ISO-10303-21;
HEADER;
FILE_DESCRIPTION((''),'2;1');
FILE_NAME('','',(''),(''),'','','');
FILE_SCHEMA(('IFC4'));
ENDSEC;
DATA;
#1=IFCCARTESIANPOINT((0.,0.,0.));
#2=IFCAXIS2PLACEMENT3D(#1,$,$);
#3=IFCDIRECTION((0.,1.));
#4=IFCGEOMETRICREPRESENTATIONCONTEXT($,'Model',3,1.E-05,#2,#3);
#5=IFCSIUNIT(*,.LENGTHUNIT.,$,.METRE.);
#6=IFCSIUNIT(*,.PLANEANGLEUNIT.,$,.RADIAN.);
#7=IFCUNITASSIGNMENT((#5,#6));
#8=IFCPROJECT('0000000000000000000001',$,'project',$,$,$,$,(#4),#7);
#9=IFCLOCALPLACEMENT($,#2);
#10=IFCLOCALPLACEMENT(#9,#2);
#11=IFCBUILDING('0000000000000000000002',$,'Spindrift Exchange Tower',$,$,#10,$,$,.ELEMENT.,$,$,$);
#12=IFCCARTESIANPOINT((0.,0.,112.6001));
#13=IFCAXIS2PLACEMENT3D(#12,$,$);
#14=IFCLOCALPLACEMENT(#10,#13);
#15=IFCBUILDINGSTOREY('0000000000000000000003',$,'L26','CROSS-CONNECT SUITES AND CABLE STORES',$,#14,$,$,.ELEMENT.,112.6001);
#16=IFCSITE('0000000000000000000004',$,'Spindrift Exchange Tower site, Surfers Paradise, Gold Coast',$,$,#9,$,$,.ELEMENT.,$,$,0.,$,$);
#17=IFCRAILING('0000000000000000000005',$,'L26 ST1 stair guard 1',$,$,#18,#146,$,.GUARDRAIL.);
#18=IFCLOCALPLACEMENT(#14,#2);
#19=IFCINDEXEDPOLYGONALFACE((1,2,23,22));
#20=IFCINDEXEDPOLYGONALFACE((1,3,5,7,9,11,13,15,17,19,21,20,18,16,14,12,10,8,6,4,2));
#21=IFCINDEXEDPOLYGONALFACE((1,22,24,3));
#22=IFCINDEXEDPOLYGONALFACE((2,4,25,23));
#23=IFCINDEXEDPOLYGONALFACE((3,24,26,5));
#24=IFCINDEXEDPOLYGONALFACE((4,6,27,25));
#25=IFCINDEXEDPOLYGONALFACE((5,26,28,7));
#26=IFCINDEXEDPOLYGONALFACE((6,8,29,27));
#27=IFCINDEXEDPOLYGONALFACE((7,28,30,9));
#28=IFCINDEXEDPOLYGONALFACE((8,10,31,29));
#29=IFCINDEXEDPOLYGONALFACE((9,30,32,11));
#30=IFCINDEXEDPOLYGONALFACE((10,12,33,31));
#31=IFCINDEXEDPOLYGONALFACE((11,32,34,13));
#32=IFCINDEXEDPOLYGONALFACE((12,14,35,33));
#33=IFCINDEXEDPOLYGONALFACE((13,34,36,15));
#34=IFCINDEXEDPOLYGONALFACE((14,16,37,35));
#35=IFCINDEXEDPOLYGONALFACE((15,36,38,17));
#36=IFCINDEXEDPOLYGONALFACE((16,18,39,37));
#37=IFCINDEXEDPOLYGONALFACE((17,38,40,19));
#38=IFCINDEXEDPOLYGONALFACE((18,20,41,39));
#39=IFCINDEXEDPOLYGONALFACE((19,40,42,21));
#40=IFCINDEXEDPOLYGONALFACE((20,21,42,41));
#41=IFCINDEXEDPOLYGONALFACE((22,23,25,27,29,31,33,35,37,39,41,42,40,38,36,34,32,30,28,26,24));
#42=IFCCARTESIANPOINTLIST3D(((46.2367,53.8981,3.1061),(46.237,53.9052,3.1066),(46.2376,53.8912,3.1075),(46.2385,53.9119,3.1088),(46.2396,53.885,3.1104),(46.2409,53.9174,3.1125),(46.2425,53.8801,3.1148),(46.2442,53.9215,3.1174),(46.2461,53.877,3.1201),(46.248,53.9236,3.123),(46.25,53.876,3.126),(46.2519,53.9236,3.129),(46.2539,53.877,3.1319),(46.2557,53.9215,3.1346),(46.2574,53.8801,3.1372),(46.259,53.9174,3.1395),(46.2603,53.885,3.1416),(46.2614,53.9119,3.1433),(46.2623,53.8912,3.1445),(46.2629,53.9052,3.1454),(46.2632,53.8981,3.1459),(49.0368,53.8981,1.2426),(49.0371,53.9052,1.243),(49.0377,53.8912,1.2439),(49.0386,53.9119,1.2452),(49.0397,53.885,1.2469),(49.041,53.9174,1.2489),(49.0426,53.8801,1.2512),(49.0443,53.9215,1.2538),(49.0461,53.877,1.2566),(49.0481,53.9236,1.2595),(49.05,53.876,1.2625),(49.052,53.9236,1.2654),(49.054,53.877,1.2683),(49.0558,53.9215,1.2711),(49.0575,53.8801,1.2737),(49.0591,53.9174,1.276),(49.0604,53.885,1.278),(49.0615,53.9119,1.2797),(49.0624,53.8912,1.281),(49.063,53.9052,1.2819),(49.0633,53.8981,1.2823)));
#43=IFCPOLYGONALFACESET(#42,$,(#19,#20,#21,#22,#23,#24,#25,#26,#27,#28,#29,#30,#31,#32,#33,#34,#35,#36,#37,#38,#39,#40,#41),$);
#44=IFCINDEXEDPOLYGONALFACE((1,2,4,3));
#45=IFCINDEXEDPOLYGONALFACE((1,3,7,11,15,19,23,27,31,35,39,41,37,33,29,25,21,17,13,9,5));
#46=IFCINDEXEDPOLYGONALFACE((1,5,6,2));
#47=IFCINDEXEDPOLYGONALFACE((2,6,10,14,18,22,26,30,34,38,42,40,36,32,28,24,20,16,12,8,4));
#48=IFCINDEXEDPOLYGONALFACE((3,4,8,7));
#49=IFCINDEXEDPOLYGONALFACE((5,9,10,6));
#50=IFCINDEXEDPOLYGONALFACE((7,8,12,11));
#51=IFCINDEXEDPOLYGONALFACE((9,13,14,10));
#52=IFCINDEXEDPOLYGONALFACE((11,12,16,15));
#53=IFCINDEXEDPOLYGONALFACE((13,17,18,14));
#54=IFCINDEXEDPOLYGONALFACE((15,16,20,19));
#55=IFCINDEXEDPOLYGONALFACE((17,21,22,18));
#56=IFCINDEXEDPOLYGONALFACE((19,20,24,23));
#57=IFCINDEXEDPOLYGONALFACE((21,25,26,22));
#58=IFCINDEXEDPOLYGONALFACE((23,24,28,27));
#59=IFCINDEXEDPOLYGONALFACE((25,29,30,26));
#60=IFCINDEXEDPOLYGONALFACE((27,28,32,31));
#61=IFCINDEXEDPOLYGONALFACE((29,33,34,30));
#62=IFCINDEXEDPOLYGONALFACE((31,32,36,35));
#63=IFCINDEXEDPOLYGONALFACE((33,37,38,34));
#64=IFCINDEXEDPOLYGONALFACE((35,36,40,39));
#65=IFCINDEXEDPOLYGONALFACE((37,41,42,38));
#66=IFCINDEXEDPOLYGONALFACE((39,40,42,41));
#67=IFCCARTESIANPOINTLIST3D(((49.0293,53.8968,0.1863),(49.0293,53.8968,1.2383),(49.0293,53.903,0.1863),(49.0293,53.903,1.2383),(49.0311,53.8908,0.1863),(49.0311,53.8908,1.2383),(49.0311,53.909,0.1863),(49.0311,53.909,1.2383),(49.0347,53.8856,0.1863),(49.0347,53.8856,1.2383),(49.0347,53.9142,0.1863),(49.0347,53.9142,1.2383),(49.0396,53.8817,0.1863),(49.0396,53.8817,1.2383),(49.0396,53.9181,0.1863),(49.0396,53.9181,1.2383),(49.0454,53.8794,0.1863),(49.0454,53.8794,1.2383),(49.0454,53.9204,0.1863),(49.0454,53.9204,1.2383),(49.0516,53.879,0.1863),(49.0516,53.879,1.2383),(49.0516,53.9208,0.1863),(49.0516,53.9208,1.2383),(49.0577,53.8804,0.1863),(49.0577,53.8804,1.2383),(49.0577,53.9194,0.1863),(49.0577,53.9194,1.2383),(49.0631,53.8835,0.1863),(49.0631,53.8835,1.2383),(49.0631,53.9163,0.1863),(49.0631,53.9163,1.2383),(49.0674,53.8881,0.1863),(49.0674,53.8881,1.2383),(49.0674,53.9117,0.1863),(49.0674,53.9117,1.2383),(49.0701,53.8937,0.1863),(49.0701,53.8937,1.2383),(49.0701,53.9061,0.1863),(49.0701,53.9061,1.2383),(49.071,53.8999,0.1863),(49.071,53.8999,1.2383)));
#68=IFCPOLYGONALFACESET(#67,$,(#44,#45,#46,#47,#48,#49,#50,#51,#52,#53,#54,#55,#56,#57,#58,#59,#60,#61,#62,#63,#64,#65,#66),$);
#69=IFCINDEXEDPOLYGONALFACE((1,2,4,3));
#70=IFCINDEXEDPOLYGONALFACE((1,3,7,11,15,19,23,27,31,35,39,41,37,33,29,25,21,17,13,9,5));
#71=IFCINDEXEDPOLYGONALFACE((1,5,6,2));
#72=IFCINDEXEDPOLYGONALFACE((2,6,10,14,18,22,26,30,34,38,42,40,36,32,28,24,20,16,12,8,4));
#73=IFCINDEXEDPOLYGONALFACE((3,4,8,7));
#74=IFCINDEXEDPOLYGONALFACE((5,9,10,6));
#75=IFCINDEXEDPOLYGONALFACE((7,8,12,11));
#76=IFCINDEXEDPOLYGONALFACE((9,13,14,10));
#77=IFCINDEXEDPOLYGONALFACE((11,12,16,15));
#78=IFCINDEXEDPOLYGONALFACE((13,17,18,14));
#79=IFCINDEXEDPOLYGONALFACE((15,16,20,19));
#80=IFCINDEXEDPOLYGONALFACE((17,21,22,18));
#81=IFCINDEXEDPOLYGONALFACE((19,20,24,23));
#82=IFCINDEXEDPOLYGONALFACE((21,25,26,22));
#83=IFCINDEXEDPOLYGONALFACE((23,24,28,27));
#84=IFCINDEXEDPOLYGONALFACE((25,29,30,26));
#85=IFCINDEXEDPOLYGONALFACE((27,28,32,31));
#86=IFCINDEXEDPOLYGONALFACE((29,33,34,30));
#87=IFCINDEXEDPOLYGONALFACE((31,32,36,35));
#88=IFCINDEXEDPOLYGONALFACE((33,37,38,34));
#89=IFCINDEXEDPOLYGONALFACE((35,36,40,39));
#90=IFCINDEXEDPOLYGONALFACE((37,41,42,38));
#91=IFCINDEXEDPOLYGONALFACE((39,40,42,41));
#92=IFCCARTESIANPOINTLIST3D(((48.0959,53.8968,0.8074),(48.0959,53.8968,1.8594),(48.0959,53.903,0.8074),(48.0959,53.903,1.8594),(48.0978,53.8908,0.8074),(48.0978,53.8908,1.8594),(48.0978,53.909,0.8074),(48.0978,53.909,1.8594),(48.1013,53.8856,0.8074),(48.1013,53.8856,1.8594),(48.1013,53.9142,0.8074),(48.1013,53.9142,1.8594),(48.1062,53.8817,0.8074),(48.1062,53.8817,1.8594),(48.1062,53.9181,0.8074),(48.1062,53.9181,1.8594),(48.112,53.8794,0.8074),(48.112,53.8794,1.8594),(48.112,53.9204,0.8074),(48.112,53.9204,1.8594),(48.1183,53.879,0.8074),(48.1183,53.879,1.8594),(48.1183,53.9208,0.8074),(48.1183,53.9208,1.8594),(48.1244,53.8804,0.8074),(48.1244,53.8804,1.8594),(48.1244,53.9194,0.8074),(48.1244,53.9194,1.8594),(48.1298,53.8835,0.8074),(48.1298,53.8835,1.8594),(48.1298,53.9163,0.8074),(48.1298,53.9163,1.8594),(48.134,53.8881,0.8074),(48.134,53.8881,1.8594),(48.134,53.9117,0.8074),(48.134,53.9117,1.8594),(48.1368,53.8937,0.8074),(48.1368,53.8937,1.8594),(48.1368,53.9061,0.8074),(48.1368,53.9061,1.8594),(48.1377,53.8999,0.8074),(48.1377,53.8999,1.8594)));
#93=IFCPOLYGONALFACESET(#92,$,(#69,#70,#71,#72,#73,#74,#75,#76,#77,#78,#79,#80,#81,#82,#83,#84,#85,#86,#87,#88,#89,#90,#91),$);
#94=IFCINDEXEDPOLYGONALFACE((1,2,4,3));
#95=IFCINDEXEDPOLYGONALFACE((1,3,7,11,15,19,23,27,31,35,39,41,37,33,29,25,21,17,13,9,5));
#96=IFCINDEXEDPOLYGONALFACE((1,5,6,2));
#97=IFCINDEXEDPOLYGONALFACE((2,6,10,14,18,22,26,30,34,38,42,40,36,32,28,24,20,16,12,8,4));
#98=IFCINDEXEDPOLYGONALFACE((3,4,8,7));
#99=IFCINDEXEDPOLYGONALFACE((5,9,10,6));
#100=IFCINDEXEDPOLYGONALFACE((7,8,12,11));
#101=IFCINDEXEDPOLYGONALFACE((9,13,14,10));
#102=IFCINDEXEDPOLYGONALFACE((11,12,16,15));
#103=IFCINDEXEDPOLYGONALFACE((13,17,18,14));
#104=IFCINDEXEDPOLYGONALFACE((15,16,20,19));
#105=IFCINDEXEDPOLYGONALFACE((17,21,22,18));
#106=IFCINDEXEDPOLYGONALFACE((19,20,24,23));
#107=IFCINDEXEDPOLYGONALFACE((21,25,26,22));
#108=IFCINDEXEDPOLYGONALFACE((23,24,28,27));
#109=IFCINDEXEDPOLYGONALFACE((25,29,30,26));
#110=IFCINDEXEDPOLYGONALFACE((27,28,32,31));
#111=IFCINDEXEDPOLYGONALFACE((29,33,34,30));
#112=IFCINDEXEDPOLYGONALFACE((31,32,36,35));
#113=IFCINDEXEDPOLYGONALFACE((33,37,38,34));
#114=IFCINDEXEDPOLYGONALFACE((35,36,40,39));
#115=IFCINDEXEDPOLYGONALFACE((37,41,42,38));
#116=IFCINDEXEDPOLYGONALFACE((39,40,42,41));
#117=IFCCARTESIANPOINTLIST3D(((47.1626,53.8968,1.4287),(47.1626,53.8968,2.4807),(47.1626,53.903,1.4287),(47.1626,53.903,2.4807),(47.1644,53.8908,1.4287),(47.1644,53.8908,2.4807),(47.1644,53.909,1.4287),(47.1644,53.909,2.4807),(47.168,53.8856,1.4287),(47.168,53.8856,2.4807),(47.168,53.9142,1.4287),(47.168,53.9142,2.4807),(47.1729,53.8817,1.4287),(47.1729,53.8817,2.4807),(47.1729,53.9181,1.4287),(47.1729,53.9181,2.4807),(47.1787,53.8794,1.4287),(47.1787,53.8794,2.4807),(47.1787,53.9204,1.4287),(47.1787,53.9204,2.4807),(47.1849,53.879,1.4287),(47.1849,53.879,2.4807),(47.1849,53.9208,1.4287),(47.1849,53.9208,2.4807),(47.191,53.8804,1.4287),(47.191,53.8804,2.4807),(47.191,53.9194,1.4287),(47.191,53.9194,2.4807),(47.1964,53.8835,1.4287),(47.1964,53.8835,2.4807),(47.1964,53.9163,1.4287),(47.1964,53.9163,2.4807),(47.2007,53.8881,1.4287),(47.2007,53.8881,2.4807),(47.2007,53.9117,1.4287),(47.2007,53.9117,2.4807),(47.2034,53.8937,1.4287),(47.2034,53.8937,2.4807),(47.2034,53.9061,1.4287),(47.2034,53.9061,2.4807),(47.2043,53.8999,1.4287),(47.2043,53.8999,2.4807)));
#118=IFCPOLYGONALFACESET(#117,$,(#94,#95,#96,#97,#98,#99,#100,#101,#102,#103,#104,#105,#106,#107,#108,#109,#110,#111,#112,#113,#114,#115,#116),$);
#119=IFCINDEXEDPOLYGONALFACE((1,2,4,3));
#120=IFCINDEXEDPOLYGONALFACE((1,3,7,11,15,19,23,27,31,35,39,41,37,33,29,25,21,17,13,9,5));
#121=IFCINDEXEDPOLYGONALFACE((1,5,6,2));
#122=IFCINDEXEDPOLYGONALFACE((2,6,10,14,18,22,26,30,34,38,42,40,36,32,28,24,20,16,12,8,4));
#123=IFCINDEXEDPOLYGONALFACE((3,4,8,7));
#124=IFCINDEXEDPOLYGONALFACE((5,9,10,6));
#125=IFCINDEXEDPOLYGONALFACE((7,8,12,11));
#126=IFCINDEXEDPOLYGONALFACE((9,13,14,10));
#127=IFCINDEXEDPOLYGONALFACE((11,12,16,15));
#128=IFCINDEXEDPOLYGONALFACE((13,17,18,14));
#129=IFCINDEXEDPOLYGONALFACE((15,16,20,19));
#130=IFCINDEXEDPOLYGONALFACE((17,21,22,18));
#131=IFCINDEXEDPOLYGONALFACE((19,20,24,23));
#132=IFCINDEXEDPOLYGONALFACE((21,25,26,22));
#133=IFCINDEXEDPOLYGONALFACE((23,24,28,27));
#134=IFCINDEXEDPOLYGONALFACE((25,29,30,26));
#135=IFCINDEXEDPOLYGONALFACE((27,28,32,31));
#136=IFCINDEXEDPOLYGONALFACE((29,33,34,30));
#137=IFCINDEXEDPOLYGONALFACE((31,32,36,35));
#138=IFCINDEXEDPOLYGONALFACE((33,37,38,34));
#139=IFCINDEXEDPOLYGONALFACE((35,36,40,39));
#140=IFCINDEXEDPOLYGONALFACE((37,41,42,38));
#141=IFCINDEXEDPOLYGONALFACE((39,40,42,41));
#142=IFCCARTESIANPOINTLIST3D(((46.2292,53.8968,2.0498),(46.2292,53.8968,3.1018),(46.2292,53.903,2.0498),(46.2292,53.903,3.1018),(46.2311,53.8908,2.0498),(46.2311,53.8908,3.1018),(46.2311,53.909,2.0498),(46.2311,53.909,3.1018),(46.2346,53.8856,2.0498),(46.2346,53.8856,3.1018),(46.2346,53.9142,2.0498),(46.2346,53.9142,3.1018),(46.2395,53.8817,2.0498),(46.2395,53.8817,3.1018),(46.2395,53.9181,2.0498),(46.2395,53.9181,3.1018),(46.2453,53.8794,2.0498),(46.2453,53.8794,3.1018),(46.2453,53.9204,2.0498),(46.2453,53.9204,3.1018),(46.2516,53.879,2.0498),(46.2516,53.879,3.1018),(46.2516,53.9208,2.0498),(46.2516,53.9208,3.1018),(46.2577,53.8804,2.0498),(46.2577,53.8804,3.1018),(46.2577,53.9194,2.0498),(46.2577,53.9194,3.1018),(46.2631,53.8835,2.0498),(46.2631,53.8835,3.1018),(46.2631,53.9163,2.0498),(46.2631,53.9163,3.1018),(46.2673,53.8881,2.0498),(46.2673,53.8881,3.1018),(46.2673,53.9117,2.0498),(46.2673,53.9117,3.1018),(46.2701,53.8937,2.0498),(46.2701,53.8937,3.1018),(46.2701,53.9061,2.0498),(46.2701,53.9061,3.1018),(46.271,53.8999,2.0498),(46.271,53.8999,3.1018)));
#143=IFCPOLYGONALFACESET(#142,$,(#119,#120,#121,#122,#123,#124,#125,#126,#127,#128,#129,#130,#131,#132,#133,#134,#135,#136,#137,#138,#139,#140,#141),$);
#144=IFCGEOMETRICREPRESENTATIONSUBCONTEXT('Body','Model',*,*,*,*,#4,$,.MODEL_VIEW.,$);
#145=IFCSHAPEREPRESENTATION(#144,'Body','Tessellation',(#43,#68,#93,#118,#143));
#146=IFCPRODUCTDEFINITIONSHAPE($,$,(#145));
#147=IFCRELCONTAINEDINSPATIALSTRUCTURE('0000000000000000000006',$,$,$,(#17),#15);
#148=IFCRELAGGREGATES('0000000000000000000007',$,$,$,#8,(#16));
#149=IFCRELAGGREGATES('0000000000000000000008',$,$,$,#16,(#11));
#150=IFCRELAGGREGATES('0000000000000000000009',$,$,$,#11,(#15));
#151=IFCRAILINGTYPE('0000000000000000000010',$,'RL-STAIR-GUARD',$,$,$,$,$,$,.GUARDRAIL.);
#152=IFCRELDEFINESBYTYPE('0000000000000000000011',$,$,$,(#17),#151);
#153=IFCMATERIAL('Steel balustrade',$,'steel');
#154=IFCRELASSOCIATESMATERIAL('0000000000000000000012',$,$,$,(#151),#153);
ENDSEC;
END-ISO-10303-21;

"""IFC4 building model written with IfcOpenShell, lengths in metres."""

from ifc_helpers import new_model, si_unit, direction, frame, origin, origin_2d, place, context, subcontext, project, spatial, circle, extrude, material, type_object, element, save


model = new_model("IFC4")

# Units and contexts
model_context = context("Model", 3, precision=1e-05, world=origin(), true_north=direction((0.0, 1.0)))
body_context = subcontext(model_context, "Body", "Model", "MODEL_VIEW")
ifc_project = project(units=[si_unit("LENGTHUNIT", "METRE"), si_unit("PLANEANGLEUNIT", "RADIAN")], contexts=[model_context])

# Site, building, storey
site_placement = place(None, origin())
site = spatial("IfcSite", under=ifc_project, at=site_placement, Name="Spindrift Exchange Tower site, Surfers Paradise, Gold Coast", CompositionType="ELEMENT", RefElevation=0.0)
building_placement = place(site_placement, origin())
building = spatial("IfcBuilding", under=site, at=building_placement, Name="Spindrift Exchange Tower", CompositionType="ELEMENT")
storey_placement = place(building_placement, frame((0.0, 0.0, 112.6001)))
storey = spatial("IfcBuildingStorey", under=building, at=storey_placement, Name="L26", Description="CROSS-CONNECT SUITES AND CABLE STORES", CompositionType="ELEMENT", Elevation=112.6001)

# Railing
ifc_material_1 = material(Name="Steel balustrade", Category="steel")
railing_type_1 = type_object("IfcRailingType", Name="RL-STAIR-GUARD", PredefinedType="GUARDRAIL", material=ifc_material_1)
railing_1_placement = place(storey_placement, frame((49.05, 53.8999, 0.1863)))
element("IfcRailing", 1, at=railing_1_placement, inside=storey, type_object=railing_type_1, Name="L26 ST1 stair guard 1", PredefinedType="GUARDRAIL", context=body_context, shape_type="SweptSolid", body=[
    extrude(circle(Radius=0.0239, at=origin_2d()), frame((0.0, 0.0, 1.0762), z_axis=(-0.832486, 0.0, 0.554047), x_axis=(0.0, -1.0, 0.0)), (0.0, 0.0, 1.0), 3.3635),
    extrude(circle(Radius=0.021, at=origin_2d()), origin(), (0.0, 0.0, 1.0), 1.052),
    extrude(circle(Radius=0.021, at=origin_2d()), frame((-0.9333, 0.0, 0.6211)), (0.0, 0.0, 1.0), 1.052),
    extrude(circle(Radius=0.021, at=origin_2d()), frame((-1.8667, 0.0, 1.2424)), (0.0, 0.0, 1.0), 1.052),
    extrude(circle(Radius=0.021, at=origin_2d()), frame((-2.8, 0.0, 1.8635)), (0.0, 0.0, 1.0), 1.052),
])

save(model, "model.ifc")
